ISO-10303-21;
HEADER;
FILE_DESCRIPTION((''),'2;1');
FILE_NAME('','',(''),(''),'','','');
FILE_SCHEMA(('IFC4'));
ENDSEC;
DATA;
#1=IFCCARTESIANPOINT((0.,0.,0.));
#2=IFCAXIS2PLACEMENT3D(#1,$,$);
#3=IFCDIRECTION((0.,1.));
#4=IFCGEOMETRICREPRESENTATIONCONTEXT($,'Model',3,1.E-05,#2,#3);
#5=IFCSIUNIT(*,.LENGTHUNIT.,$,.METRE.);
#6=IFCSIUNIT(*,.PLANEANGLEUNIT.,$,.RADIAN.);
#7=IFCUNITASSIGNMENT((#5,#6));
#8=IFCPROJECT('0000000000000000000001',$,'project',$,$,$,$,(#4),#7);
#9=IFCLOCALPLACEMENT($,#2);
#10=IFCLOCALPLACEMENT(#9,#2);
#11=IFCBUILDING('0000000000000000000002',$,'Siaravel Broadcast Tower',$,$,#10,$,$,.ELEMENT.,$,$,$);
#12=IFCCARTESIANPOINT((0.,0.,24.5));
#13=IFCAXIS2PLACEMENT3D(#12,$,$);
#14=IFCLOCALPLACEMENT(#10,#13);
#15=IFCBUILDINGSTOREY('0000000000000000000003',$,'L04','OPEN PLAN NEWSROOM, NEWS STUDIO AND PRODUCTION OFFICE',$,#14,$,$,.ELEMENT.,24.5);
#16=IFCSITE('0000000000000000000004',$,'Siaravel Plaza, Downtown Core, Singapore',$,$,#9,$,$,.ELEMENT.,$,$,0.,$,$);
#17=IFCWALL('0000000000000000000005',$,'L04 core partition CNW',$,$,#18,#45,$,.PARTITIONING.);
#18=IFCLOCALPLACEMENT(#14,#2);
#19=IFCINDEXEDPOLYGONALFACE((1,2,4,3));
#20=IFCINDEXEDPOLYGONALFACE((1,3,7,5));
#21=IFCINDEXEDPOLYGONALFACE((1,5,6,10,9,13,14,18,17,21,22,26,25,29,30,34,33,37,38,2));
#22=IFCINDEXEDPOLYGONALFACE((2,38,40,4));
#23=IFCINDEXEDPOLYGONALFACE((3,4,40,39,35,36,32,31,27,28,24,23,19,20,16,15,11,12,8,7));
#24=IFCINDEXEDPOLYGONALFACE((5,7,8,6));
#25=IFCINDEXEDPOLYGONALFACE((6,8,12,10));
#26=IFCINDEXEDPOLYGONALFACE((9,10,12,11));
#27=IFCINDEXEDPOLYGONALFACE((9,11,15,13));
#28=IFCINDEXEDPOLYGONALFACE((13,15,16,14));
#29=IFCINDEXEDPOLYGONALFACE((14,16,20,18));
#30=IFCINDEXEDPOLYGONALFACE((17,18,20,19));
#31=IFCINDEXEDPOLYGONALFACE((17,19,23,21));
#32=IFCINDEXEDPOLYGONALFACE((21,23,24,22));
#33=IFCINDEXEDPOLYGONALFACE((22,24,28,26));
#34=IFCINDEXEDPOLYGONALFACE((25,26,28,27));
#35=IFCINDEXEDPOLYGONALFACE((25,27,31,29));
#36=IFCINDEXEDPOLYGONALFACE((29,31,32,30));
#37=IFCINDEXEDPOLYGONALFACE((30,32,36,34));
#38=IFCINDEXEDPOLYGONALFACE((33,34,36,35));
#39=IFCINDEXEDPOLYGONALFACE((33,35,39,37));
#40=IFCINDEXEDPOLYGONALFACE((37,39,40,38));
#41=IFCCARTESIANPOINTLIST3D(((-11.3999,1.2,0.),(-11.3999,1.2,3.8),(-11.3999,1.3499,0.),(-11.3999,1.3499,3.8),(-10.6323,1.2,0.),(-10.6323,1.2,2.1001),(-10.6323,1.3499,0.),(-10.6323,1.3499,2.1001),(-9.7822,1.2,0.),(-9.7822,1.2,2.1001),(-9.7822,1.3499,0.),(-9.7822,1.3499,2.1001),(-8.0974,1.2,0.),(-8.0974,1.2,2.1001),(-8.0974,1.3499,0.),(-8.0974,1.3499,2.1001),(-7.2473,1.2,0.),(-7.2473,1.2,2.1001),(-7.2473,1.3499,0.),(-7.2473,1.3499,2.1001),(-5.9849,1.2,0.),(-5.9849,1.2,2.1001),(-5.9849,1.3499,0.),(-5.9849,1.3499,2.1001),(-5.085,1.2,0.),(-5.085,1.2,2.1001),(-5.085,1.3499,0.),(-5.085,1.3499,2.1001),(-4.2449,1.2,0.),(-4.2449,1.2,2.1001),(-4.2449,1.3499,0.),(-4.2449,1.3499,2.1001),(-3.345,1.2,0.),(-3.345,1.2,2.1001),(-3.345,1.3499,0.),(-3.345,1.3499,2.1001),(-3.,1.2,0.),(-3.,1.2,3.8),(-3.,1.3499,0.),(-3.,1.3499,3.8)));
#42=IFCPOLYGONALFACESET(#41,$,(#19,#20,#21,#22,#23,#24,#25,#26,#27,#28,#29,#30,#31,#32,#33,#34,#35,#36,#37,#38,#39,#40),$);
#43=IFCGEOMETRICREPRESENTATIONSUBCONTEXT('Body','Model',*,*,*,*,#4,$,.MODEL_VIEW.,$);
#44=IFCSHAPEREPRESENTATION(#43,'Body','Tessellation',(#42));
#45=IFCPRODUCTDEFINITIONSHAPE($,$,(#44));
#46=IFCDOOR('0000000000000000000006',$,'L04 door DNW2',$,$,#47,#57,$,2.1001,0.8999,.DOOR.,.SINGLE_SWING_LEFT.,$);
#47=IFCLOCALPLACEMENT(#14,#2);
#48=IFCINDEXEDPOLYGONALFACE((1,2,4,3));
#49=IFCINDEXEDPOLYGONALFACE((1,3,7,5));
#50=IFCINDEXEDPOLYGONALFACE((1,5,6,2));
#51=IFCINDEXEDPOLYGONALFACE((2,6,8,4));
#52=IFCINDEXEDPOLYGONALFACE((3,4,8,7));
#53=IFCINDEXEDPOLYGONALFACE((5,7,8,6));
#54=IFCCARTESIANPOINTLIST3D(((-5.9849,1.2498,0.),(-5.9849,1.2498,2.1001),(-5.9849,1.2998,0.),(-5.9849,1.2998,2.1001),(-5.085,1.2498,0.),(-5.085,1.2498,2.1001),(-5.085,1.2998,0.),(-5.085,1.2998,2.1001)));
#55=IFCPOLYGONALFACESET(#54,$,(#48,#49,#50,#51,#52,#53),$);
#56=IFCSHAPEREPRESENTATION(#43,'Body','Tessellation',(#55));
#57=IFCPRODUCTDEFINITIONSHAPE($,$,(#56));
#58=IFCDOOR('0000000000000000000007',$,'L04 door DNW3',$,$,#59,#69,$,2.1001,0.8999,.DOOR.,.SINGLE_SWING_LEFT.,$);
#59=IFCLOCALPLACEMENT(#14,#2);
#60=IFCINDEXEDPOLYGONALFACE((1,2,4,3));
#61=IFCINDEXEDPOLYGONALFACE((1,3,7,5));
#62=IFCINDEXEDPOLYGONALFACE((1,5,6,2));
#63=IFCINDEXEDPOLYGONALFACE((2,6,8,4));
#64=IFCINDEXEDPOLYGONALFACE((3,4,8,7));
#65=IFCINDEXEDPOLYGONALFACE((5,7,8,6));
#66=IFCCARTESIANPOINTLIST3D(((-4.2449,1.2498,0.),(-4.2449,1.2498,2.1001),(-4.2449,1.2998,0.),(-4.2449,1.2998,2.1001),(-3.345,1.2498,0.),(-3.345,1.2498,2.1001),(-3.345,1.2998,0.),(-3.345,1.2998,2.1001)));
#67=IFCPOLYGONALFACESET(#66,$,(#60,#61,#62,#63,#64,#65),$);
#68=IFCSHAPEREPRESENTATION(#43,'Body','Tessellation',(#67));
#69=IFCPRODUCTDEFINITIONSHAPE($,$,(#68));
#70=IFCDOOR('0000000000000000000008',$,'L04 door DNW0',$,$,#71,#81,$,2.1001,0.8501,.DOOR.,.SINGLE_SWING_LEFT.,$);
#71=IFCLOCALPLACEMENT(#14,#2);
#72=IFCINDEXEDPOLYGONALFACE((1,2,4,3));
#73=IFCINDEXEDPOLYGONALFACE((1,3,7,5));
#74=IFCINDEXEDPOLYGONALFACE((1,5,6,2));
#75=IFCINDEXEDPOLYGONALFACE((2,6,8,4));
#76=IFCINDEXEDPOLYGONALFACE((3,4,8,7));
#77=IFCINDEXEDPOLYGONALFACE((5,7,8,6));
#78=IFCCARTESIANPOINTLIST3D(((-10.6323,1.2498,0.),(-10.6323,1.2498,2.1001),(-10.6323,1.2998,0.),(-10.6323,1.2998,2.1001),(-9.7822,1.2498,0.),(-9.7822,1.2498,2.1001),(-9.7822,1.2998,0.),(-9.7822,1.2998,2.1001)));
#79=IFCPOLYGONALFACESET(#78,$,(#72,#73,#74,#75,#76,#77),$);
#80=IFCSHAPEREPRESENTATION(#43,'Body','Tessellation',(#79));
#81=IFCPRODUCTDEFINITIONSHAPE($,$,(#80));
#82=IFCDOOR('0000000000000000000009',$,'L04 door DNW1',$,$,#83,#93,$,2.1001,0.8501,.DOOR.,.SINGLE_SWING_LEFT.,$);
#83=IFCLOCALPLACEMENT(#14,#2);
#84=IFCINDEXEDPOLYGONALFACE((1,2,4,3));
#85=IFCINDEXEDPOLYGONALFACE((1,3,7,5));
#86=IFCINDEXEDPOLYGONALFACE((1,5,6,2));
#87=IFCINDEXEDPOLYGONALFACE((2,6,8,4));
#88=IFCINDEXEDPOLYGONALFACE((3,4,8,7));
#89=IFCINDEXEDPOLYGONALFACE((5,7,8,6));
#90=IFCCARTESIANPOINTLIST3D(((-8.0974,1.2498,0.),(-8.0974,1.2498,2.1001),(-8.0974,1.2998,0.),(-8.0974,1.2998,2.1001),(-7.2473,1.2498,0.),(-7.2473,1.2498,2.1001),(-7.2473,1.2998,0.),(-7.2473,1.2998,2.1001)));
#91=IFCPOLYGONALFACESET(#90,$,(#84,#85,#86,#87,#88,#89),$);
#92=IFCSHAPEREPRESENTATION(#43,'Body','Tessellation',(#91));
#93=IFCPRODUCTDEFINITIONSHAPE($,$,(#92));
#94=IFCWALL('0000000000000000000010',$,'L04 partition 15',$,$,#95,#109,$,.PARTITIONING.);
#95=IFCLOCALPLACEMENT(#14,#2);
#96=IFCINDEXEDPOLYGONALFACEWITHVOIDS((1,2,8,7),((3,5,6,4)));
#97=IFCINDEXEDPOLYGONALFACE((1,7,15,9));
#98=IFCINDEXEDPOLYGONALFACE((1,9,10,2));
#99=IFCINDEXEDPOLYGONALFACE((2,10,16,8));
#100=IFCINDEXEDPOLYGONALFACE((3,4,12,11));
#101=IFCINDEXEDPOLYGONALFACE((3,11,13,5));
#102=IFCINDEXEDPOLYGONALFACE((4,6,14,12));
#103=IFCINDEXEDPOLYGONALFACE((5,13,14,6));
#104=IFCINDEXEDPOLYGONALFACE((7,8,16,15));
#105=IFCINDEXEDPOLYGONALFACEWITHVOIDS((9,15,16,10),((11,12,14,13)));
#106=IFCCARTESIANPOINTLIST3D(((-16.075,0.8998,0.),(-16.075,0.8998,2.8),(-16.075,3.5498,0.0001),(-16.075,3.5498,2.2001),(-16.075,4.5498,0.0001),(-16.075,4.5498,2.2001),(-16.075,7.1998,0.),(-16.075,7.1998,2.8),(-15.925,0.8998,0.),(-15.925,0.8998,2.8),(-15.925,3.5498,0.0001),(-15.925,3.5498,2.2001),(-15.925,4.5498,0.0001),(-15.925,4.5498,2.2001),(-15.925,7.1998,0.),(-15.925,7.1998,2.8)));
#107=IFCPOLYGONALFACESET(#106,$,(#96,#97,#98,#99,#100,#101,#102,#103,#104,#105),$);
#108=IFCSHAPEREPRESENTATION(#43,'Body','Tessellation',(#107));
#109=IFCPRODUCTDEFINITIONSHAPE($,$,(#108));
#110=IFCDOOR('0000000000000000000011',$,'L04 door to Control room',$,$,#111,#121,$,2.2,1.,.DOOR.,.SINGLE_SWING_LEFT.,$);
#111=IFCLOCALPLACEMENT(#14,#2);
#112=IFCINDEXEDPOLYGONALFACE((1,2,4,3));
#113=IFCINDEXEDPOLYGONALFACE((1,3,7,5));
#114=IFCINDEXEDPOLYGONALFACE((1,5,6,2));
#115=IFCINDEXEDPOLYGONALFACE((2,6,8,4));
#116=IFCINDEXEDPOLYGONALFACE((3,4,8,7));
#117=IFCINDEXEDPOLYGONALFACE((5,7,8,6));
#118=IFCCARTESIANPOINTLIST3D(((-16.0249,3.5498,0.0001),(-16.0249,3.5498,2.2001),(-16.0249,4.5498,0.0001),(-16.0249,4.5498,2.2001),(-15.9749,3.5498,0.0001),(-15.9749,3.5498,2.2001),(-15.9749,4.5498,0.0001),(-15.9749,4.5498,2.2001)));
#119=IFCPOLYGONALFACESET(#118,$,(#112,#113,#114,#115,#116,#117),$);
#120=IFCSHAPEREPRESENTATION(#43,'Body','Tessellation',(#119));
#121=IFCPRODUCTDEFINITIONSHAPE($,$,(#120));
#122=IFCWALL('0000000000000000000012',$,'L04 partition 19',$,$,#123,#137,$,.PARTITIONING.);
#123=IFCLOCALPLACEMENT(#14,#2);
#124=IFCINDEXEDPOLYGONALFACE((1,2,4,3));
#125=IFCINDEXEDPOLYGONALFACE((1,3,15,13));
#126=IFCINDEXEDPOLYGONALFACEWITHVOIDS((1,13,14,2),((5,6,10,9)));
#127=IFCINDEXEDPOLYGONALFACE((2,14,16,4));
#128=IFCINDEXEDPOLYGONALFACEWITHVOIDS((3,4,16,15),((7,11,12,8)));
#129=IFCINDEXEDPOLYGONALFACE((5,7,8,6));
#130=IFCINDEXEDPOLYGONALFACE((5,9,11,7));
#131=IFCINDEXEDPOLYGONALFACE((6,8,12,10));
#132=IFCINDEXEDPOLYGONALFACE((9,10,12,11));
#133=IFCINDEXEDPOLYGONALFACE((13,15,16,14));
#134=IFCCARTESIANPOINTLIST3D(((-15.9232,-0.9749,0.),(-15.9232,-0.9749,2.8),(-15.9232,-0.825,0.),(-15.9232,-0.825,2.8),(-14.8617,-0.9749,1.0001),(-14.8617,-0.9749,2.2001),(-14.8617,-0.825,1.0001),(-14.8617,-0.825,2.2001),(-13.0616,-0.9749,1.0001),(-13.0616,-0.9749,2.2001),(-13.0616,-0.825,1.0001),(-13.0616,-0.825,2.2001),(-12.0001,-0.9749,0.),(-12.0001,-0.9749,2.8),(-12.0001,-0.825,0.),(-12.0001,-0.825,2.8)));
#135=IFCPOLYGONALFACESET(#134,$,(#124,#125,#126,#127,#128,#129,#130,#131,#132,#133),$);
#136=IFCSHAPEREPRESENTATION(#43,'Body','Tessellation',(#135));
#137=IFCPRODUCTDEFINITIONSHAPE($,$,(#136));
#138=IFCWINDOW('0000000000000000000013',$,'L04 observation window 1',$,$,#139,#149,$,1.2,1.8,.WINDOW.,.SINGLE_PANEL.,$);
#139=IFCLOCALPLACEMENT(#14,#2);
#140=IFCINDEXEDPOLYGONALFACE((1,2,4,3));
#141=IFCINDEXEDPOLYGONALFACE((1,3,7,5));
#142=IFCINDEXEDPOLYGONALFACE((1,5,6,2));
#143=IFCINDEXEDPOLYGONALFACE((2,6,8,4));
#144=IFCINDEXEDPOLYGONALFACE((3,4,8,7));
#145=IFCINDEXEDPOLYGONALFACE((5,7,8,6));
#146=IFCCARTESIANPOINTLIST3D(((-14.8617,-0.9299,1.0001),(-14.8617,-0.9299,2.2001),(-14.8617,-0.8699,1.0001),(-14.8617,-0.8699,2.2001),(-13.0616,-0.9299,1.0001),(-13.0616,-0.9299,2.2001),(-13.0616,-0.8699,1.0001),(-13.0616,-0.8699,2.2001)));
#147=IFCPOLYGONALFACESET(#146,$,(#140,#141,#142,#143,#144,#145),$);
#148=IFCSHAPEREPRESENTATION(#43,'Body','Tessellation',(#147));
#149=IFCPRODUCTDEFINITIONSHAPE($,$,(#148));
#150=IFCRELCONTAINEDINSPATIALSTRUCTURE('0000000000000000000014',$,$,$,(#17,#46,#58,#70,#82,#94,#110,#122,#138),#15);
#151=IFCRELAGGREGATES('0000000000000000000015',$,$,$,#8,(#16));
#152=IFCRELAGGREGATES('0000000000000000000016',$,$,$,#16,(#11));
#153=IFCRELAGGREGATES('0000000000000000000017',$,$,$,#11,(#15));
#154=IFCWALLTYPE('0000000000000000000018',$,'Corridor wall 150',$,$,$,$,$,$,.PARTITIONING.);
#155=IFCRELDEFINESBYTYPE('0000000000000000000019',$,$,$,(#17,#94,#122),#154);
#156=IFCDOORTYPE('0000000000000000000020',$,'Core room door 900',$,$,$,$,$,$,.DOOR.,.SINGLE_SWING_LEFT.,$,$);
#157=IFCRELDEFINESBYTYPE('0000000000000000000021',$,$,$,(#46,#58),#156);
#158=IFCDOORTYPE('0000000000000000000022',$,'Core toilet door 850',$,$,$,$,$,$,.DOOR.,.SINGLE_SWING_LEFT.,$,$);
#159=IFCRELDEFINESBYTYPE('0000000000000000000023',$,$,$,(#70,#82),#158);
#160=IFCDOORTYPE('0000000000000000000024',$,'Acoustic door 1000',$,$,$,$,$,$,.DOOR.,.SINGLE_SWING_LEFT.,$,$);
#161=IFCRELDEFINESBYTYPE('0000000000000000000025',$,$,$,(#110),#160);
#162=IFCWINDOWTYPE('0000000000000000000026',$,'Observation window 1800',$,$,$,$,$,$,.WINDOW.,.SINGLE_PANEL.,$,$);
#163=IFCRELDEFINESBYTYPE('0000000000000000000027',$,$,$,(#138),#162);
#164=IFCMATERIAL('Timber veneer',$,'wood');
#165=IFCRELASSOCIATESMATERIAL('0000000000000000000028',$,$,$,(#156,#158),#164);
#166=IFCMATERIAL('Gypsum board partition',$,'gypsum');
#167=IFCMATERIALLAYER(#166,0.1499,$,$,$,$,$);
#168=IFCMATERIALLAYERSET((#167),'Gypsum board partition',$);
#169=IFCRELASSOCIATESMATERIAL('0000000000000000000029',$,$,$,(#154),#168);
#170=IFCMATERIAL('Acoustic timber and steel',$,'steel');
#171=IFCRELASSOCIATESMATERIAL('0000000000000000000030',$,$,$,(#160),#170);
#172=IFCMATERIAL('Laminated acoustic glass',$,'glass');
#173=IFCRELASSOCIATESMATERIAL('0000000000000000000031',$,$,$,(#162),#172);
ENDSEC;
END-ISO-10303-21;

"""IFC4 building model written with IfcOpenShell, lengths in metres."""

from ifc_helpers import new_model, si_unit, direction, frame, frame_2d, origin, place, context, subcontext, project, spatial, rectangle, extrude, material, layer, layer_set, type_object, element, fill, save


model = new_model("IFC4")

# Units and contexts
model_context = context("Model", 3, precision=1e-05, world=origin(), true_north=direction((0.0, 1.0)))
body_context = subcontext(model_context, "Body", "Model", "MODEL_VIEW")
ifc_project = project(units=[si_unit("LENGTHUNIT", "METRE"), si_unit("PLANEANGLEUNIT", "RADIAN")], contexts=[model_context])

# Site, building, storey
site_placement = place(None, origin())
site = spatial("IfcSite", under=ifc_project, at=site_placement, Name="Siaravel Plaza, Downtown Core, Singapore", CompositionType="ELEMENT", RefElevation=0.0)
building_placement = place(site_placement, origin())
building = spatial("IfcBuilding", under=site, at=building_placement, Name="Siaravel Broadcast Tower", CompositionType="ELEMENT")
storey_placement = place(building_placement, frame((0.0, 0.0, 24.5)))
storey = spatial("IfcBuildingStorey", under=building, at=storey_placement, Name="L04", Description="OPEN PLAN NEWSROOM, NEWS STUDIO AND PRODUCTION OFFICE", CompositionType="ELEMENT", Elevation=24.5)

# Wall, openings, doors
ifc_material_1 = material(Name="Timber veneer", Category="wood")
door_type_1 = type_object("IfcDoorType", Name="Core room door 900", OperationType="SINGLE_SWING_LEFT", PredefinedType="DOOR", material=ifc_material_1)
ifc_material_2 = material(Name="Gypsum board partition", Category="gypsum")
ifc_layer_1 = layer(ifc_material_2, 0.1499)
ifc_layer_set_1 = layer_set([ifc_layer_1], Name="Gypsum board partition")
wall_type_1 = type_object("IfcWallType", Name="Corridor wall 150", PredefinedType="PARTITIONING", material=ifc_layer_set_1)
wall_1_placement = place(storey_placement, frame((-11.3999, 1.2749, 0.0), z_axis=(0.0, 0.0, 1.0), x_axis=(1.0, 0.0, 0.0)))
wall_1 = element("IfcWall", 1, at=wall_1_placement, inside=storey, type_object=wall_type_1, Name="L04 core partition CNW", PredefinedType="PARTITIONING", context=body_context, shape_type="SweptSolid", body=[
    extrude(rectangle(XDim=8.3999, YDim=0.1499, at=frame_2d((4.2, 0.0))), origin(), (0.0, 0.0, 1.0), 3.8),
])
opening_1_placement = place(wall_1_placement, frame((0.7676, 0.0, 0.0)))
opening_1 = element("IfcOpeningElement", 2, at=opening_1_placement, cuts=wall_1, PredefinedType="OPENING", context=body_context, shape_type="SweptSolid", body=[
    extrude(rectangle(XDim=0.8501, YDim=2.1001, at=frame_2d((0.425, 1.05))), frame((0.0, 0.085, 0.0), z_axis=(0.0, -1.0, 0.0), x_axis=(1.0, 0.0, 0.0)), (0.0, 0.0, 1.0), 0.1699),
])
opening_2_placement = place(wall_1_placement, frame((3.3025, 0.0, 0.0)))
opening_2 = element("IfcOpeningElement", 3, at=opening_2_placement, cuts=wall_1, PredefinedType="OPENING", context=body_context, shape_type="SweptSolid", body=[
    extrude(rectangle(XDim=0.8501, YDim=2.1001, at=frame_2d((0.425, 1.05))), frame((0.0, 0.085, 0.0), z_axis=(0.0, -1.0, 0.0), x_axis=(1.0, 0.0, 0.0)), (0.0, 0.0, 1.0), 0.1699),
])
opening_3_placement = place(wall_1_placement, frame((5.415, 0.0, 0.0)))
opening_3 = element("IfcOpeningElement", 4, at=opening_3_placement, cuts=wall_1, PredefinedType="OPENING", context=body_context, shape_type="SweptSolid", body=[
    extrude(rectangle(XDim=0.8999, YDim=2.1001, at=frame_2d((0.45, 1.05))), frame((0.0, 0.085, 0.0), z_axis=(0.0, -1.0, 0.0), x_axis=(1.0, 0.0, 0.0)), (0.0, 0.0, 1.0), 0.1699),
])
opening_4_placement = place(wall_1_placement, frame((7.155, 0.0, 0.0)))
opening_4 = element("IfcOpeningElement", 5, at=opening_4_placement, cuts=wall_1, PredefinedType="OPENING", context=body_context, shape_type="SweptSolid", body=[
    extrude(rectangle(XDim=0.8999, YDim=2.1001, at=frame_2d((0.45, 1.05))), frame((0.0, 0.085, 0.0), z_axis=(0.0, -1.0, 0.0), x_axis=(1.0, 0.0, 0.0)), (0.0, 0.0, 1.0), 0.1699),
])
door_1_placement = place(opening_3_placement, origin())
door_1 = element("IfcDoor", 6, at=door_1_placement, inside=storey, type_object=door_type_1, Name="L04 door DNW2", OperationType="SINGLE_SWING_LEFT", OverallHeight=2.1001, OverallWidth=0.8999, PredefinedType="DOOR", context=body_context, shape_type="SweptSolid", body=[
    extrude(rectangle(XDim=0.8999, YDim=2.1001, at=frame_2d((0.45, 1.05))), frame((0.0, 0.0249, 0.0), z_axis=(0.0, -1.0, 0.0), x_axis=(1.0, 0.0, 0.0)), (0.0, 0.0, 1.0), 0.05),
])
fill(opening_3, door_1)
door_2_placement = place(opening_4_placement, origin())
door_2 = element("IfcDoor", 7, at=door_2_placement, inside=storey, type_object=door_type_1, Name="L04 door DNW3", OperationType="SINGLE_SWING_LEFT", OverallHeight=2.1001, OverallWidth=0.8999, PredefinedType="DOOR", context=body_context, shape_type="SweptSolid", body=[
    extrude(rectangle(XDim=0.8999, YDim=2.1001, at=frame_2d((0.45, 1.05))), frame((0.0, 0.0249, 0.0), z_axis=(0.0, -1.0, 0.0), x_axis=(1.0, 0.0, 0.0)), (0.0, 0.0, 1.0), 0.05),
])
fill(opening_4, door_2)
door_type_2 = type_object("IfcDoorType", Name="Core toilet door 850", OperationType="SINGLE_SWING_LEFT", PredefinedType="DOOR", material=ifc_material_1)
door_3_placement = place(opening_1_placement, origin())
door_3 = element("IfcDoor", 8, at=door_3_placement, inside=storey, type_object=door_type_2, Name="L04 door DNW0", OperationType="SINGLE_SWING_LEFT", OverallHeight=2.1001, OverallWidth=0.8501, PredefinedType="DOOR", context=body_context, shape_type="SweptSolid", body=[
    extrude(rectangle(XDim=0.8501, YDim=2.1001, at=frame_2d((0.425, 1.05))), frame((0.0, 0.0249, 0.0), z_axis=(0.0, -1.0, 0.0), x_axis=(1.0, 0.0, 0.0)), (0.0, 0.0, 1.0), 0.05),
])
fill(opening_1, door_3)
door_4_placement = place(opening_2_placement, origin())
door_4 = element("IfcDoor", 9, at=door_4_placement, inside=storey, type_object=door_type_2, Name="L04 door DNW1", OperationType="SINGLE_SWING_LEFT", OverallHeight=2.1001, OverallWidth=0.8501, PredefinedType="DOOR", context=body_context, shape_type="SweptSolid", body=[
    extrude(rectangle(XDim=0.8501, YDim=2.1001, at=frame_2d((0.425, 1.05))), frame((0.0, 0.0249, 0.0), z_axis=(0.0, -1.0, 0.0), x_axis=(1.0, 0.0, 0.0)), (0.0, 0.0, 1.0), 0.05),
])
fill(opening_2, door_4)

# Wall, opening, door
wall_2_placement = place(storey_placement, frame((-16.0, 0.8999, 0.0), z_axis=(0.0, 0.0, 1.0), x_axis=(0.0, 1.0, 0.0)))
wall_2 = element("IfcWall", 10, at=wall_2_placement, inside=storey, type_object=wall_type_1, Name="L04 partition 15", PredefinedType="PARTITIONING", context=body_context, shape_type="SweptSolid", body=[
    extrude(rectangle(XDim=6.3, YDim=0.1499, at=frame_2d((3.1499, 0.0))), origin(), (0.0, 0.0, 1.0), 2.8),
])
opening_5_placement = place(wall_2_placement, frame((2.6499, 0.0, 0.0)))
opening_5 = element("IfcOpeningElement", 11, at=opening_5_placement, cuts=wall_2, PredefinedType="OPENING", context=body_context, shape_type="SweptSolid", body=[
    extrude(rectangle(XDim=1.0, YDim=2.2, at=frame_2d((0.5, 1.1001))), frame((0.0, 0.085, 0.0), z_axis=(0.0, -1.0, 0.0), x_axis=(1.0, 0.0, 0.0)), (0.0, 0.0, 1.0), 0.1699),
])
ifc_material_3 = material(Name="Acoustic timber and steel", Category="steel")
door_type_3 = type_object("IfcDoorType", Name="Acoustic door 1000", OperationType="SINGLE_SWING_LEFT", PredefinedType="DOOR", material=ifc_material_3)
door_5_placement = place(opening_5_placement, origin())
door_5 = element("IfcDoor", 12, at=door_5_placement, inside=storey, type_object=door_type_3, Name="L04 door to Control room", OperationType="SINGLE_SWING_LEFT", OverallHeight=2.2, OverallWidth=1.0, PredefinedType="DOOR", context=body_context, shape_type="SweptSolid", body=[
    extrude(rectangle(XDim=1.0, YDim=2.2, at=frame_2d((0.5, 1.1001))), frame((0.0, 0.0249, 0.0), z_axis=(0.0, -1.0, 0.0), x_axis=(1.0, 0.0, 0.0)), (0.0, 0.0, 1.0), 0.05),
])
fill(opening_5, door_5)

# Wall, opening, window
wall_3_placement = place(storey_placement, frame((-15.9231, -0.8999, 0.0), z_axis=(0.0, 0.0, 1.0), x_axis=(1.0, 0.0, 0.0)))
wall_3 = element("IfcWall", 13, at=wall_3_placement, inside=storey, type_object=wall_type_1, Name="L04 partition 19", PredefinedType="PARTITIONING", context=body_context, shape_type="SweptSolid", body=[
    extrude(rectangle(XDim=3.9231, YDim=0.1499, at=frame_2d((1.9614, 0.0))), origin(), (0.0, 0.0, 1.0), 2.8),
])
opening_6_placement = place(wall_3_placement, frame((1.0615, 0.0, 1.0)))
opening_6 = element("IfcOpeningElement", 14, at=opening_6_placement, cuts=wall_3, PredefinedType="OPENING", context=body_context, shape_type="SweptSolid", body=[
    extrude(rectangle(XDim=1.8, YDim=1.2, at=frame_2d((0.8999, 0.6001))), frame((0.0, 0.085, 0.0), z_axis=(0.0, -1.0, 0.0), x_axis=(1.0, 0.0, 0.0)), (0.0, 0.0, 1.0), 0.1699),
])
ifc_material_4 = material(Name="Laminated acoustic glass", Category="glass")
window_type = type_object("IfcWindowType", Name="Observation window 1800", PartitioningType="SINGLE_PANEL", PredefinedType="WINDOW", material=ifc_material_4)
window_1_placement = place(opening_6_placement, origin())
window_1 = element("IfcWindow", 15, at=window_1_placement, inside=storey, type_object=window_type, Name="L04 observation window 1", OverallHeight=1.2, OverallWidth=1.8, PartitioningType="SINGLE_PANEL", PredefinedType="WINDOW", context=body_context, shape_type="SweptSolid", body=[
    extrude(rectangle(XDim=1.8, YDim=1.2, at=frame_2d((0.8999, 0.6001))), frame((0.0, 0.03, 0.0), z_axis=(0.0, -1.0, 0.0), x_axis=(1.0, 0.0, 0.0)), (0.0, 0.0, 1.0), 0.0601),
])
fill(opening_6, window_1)

save(model, "model.ifc")
